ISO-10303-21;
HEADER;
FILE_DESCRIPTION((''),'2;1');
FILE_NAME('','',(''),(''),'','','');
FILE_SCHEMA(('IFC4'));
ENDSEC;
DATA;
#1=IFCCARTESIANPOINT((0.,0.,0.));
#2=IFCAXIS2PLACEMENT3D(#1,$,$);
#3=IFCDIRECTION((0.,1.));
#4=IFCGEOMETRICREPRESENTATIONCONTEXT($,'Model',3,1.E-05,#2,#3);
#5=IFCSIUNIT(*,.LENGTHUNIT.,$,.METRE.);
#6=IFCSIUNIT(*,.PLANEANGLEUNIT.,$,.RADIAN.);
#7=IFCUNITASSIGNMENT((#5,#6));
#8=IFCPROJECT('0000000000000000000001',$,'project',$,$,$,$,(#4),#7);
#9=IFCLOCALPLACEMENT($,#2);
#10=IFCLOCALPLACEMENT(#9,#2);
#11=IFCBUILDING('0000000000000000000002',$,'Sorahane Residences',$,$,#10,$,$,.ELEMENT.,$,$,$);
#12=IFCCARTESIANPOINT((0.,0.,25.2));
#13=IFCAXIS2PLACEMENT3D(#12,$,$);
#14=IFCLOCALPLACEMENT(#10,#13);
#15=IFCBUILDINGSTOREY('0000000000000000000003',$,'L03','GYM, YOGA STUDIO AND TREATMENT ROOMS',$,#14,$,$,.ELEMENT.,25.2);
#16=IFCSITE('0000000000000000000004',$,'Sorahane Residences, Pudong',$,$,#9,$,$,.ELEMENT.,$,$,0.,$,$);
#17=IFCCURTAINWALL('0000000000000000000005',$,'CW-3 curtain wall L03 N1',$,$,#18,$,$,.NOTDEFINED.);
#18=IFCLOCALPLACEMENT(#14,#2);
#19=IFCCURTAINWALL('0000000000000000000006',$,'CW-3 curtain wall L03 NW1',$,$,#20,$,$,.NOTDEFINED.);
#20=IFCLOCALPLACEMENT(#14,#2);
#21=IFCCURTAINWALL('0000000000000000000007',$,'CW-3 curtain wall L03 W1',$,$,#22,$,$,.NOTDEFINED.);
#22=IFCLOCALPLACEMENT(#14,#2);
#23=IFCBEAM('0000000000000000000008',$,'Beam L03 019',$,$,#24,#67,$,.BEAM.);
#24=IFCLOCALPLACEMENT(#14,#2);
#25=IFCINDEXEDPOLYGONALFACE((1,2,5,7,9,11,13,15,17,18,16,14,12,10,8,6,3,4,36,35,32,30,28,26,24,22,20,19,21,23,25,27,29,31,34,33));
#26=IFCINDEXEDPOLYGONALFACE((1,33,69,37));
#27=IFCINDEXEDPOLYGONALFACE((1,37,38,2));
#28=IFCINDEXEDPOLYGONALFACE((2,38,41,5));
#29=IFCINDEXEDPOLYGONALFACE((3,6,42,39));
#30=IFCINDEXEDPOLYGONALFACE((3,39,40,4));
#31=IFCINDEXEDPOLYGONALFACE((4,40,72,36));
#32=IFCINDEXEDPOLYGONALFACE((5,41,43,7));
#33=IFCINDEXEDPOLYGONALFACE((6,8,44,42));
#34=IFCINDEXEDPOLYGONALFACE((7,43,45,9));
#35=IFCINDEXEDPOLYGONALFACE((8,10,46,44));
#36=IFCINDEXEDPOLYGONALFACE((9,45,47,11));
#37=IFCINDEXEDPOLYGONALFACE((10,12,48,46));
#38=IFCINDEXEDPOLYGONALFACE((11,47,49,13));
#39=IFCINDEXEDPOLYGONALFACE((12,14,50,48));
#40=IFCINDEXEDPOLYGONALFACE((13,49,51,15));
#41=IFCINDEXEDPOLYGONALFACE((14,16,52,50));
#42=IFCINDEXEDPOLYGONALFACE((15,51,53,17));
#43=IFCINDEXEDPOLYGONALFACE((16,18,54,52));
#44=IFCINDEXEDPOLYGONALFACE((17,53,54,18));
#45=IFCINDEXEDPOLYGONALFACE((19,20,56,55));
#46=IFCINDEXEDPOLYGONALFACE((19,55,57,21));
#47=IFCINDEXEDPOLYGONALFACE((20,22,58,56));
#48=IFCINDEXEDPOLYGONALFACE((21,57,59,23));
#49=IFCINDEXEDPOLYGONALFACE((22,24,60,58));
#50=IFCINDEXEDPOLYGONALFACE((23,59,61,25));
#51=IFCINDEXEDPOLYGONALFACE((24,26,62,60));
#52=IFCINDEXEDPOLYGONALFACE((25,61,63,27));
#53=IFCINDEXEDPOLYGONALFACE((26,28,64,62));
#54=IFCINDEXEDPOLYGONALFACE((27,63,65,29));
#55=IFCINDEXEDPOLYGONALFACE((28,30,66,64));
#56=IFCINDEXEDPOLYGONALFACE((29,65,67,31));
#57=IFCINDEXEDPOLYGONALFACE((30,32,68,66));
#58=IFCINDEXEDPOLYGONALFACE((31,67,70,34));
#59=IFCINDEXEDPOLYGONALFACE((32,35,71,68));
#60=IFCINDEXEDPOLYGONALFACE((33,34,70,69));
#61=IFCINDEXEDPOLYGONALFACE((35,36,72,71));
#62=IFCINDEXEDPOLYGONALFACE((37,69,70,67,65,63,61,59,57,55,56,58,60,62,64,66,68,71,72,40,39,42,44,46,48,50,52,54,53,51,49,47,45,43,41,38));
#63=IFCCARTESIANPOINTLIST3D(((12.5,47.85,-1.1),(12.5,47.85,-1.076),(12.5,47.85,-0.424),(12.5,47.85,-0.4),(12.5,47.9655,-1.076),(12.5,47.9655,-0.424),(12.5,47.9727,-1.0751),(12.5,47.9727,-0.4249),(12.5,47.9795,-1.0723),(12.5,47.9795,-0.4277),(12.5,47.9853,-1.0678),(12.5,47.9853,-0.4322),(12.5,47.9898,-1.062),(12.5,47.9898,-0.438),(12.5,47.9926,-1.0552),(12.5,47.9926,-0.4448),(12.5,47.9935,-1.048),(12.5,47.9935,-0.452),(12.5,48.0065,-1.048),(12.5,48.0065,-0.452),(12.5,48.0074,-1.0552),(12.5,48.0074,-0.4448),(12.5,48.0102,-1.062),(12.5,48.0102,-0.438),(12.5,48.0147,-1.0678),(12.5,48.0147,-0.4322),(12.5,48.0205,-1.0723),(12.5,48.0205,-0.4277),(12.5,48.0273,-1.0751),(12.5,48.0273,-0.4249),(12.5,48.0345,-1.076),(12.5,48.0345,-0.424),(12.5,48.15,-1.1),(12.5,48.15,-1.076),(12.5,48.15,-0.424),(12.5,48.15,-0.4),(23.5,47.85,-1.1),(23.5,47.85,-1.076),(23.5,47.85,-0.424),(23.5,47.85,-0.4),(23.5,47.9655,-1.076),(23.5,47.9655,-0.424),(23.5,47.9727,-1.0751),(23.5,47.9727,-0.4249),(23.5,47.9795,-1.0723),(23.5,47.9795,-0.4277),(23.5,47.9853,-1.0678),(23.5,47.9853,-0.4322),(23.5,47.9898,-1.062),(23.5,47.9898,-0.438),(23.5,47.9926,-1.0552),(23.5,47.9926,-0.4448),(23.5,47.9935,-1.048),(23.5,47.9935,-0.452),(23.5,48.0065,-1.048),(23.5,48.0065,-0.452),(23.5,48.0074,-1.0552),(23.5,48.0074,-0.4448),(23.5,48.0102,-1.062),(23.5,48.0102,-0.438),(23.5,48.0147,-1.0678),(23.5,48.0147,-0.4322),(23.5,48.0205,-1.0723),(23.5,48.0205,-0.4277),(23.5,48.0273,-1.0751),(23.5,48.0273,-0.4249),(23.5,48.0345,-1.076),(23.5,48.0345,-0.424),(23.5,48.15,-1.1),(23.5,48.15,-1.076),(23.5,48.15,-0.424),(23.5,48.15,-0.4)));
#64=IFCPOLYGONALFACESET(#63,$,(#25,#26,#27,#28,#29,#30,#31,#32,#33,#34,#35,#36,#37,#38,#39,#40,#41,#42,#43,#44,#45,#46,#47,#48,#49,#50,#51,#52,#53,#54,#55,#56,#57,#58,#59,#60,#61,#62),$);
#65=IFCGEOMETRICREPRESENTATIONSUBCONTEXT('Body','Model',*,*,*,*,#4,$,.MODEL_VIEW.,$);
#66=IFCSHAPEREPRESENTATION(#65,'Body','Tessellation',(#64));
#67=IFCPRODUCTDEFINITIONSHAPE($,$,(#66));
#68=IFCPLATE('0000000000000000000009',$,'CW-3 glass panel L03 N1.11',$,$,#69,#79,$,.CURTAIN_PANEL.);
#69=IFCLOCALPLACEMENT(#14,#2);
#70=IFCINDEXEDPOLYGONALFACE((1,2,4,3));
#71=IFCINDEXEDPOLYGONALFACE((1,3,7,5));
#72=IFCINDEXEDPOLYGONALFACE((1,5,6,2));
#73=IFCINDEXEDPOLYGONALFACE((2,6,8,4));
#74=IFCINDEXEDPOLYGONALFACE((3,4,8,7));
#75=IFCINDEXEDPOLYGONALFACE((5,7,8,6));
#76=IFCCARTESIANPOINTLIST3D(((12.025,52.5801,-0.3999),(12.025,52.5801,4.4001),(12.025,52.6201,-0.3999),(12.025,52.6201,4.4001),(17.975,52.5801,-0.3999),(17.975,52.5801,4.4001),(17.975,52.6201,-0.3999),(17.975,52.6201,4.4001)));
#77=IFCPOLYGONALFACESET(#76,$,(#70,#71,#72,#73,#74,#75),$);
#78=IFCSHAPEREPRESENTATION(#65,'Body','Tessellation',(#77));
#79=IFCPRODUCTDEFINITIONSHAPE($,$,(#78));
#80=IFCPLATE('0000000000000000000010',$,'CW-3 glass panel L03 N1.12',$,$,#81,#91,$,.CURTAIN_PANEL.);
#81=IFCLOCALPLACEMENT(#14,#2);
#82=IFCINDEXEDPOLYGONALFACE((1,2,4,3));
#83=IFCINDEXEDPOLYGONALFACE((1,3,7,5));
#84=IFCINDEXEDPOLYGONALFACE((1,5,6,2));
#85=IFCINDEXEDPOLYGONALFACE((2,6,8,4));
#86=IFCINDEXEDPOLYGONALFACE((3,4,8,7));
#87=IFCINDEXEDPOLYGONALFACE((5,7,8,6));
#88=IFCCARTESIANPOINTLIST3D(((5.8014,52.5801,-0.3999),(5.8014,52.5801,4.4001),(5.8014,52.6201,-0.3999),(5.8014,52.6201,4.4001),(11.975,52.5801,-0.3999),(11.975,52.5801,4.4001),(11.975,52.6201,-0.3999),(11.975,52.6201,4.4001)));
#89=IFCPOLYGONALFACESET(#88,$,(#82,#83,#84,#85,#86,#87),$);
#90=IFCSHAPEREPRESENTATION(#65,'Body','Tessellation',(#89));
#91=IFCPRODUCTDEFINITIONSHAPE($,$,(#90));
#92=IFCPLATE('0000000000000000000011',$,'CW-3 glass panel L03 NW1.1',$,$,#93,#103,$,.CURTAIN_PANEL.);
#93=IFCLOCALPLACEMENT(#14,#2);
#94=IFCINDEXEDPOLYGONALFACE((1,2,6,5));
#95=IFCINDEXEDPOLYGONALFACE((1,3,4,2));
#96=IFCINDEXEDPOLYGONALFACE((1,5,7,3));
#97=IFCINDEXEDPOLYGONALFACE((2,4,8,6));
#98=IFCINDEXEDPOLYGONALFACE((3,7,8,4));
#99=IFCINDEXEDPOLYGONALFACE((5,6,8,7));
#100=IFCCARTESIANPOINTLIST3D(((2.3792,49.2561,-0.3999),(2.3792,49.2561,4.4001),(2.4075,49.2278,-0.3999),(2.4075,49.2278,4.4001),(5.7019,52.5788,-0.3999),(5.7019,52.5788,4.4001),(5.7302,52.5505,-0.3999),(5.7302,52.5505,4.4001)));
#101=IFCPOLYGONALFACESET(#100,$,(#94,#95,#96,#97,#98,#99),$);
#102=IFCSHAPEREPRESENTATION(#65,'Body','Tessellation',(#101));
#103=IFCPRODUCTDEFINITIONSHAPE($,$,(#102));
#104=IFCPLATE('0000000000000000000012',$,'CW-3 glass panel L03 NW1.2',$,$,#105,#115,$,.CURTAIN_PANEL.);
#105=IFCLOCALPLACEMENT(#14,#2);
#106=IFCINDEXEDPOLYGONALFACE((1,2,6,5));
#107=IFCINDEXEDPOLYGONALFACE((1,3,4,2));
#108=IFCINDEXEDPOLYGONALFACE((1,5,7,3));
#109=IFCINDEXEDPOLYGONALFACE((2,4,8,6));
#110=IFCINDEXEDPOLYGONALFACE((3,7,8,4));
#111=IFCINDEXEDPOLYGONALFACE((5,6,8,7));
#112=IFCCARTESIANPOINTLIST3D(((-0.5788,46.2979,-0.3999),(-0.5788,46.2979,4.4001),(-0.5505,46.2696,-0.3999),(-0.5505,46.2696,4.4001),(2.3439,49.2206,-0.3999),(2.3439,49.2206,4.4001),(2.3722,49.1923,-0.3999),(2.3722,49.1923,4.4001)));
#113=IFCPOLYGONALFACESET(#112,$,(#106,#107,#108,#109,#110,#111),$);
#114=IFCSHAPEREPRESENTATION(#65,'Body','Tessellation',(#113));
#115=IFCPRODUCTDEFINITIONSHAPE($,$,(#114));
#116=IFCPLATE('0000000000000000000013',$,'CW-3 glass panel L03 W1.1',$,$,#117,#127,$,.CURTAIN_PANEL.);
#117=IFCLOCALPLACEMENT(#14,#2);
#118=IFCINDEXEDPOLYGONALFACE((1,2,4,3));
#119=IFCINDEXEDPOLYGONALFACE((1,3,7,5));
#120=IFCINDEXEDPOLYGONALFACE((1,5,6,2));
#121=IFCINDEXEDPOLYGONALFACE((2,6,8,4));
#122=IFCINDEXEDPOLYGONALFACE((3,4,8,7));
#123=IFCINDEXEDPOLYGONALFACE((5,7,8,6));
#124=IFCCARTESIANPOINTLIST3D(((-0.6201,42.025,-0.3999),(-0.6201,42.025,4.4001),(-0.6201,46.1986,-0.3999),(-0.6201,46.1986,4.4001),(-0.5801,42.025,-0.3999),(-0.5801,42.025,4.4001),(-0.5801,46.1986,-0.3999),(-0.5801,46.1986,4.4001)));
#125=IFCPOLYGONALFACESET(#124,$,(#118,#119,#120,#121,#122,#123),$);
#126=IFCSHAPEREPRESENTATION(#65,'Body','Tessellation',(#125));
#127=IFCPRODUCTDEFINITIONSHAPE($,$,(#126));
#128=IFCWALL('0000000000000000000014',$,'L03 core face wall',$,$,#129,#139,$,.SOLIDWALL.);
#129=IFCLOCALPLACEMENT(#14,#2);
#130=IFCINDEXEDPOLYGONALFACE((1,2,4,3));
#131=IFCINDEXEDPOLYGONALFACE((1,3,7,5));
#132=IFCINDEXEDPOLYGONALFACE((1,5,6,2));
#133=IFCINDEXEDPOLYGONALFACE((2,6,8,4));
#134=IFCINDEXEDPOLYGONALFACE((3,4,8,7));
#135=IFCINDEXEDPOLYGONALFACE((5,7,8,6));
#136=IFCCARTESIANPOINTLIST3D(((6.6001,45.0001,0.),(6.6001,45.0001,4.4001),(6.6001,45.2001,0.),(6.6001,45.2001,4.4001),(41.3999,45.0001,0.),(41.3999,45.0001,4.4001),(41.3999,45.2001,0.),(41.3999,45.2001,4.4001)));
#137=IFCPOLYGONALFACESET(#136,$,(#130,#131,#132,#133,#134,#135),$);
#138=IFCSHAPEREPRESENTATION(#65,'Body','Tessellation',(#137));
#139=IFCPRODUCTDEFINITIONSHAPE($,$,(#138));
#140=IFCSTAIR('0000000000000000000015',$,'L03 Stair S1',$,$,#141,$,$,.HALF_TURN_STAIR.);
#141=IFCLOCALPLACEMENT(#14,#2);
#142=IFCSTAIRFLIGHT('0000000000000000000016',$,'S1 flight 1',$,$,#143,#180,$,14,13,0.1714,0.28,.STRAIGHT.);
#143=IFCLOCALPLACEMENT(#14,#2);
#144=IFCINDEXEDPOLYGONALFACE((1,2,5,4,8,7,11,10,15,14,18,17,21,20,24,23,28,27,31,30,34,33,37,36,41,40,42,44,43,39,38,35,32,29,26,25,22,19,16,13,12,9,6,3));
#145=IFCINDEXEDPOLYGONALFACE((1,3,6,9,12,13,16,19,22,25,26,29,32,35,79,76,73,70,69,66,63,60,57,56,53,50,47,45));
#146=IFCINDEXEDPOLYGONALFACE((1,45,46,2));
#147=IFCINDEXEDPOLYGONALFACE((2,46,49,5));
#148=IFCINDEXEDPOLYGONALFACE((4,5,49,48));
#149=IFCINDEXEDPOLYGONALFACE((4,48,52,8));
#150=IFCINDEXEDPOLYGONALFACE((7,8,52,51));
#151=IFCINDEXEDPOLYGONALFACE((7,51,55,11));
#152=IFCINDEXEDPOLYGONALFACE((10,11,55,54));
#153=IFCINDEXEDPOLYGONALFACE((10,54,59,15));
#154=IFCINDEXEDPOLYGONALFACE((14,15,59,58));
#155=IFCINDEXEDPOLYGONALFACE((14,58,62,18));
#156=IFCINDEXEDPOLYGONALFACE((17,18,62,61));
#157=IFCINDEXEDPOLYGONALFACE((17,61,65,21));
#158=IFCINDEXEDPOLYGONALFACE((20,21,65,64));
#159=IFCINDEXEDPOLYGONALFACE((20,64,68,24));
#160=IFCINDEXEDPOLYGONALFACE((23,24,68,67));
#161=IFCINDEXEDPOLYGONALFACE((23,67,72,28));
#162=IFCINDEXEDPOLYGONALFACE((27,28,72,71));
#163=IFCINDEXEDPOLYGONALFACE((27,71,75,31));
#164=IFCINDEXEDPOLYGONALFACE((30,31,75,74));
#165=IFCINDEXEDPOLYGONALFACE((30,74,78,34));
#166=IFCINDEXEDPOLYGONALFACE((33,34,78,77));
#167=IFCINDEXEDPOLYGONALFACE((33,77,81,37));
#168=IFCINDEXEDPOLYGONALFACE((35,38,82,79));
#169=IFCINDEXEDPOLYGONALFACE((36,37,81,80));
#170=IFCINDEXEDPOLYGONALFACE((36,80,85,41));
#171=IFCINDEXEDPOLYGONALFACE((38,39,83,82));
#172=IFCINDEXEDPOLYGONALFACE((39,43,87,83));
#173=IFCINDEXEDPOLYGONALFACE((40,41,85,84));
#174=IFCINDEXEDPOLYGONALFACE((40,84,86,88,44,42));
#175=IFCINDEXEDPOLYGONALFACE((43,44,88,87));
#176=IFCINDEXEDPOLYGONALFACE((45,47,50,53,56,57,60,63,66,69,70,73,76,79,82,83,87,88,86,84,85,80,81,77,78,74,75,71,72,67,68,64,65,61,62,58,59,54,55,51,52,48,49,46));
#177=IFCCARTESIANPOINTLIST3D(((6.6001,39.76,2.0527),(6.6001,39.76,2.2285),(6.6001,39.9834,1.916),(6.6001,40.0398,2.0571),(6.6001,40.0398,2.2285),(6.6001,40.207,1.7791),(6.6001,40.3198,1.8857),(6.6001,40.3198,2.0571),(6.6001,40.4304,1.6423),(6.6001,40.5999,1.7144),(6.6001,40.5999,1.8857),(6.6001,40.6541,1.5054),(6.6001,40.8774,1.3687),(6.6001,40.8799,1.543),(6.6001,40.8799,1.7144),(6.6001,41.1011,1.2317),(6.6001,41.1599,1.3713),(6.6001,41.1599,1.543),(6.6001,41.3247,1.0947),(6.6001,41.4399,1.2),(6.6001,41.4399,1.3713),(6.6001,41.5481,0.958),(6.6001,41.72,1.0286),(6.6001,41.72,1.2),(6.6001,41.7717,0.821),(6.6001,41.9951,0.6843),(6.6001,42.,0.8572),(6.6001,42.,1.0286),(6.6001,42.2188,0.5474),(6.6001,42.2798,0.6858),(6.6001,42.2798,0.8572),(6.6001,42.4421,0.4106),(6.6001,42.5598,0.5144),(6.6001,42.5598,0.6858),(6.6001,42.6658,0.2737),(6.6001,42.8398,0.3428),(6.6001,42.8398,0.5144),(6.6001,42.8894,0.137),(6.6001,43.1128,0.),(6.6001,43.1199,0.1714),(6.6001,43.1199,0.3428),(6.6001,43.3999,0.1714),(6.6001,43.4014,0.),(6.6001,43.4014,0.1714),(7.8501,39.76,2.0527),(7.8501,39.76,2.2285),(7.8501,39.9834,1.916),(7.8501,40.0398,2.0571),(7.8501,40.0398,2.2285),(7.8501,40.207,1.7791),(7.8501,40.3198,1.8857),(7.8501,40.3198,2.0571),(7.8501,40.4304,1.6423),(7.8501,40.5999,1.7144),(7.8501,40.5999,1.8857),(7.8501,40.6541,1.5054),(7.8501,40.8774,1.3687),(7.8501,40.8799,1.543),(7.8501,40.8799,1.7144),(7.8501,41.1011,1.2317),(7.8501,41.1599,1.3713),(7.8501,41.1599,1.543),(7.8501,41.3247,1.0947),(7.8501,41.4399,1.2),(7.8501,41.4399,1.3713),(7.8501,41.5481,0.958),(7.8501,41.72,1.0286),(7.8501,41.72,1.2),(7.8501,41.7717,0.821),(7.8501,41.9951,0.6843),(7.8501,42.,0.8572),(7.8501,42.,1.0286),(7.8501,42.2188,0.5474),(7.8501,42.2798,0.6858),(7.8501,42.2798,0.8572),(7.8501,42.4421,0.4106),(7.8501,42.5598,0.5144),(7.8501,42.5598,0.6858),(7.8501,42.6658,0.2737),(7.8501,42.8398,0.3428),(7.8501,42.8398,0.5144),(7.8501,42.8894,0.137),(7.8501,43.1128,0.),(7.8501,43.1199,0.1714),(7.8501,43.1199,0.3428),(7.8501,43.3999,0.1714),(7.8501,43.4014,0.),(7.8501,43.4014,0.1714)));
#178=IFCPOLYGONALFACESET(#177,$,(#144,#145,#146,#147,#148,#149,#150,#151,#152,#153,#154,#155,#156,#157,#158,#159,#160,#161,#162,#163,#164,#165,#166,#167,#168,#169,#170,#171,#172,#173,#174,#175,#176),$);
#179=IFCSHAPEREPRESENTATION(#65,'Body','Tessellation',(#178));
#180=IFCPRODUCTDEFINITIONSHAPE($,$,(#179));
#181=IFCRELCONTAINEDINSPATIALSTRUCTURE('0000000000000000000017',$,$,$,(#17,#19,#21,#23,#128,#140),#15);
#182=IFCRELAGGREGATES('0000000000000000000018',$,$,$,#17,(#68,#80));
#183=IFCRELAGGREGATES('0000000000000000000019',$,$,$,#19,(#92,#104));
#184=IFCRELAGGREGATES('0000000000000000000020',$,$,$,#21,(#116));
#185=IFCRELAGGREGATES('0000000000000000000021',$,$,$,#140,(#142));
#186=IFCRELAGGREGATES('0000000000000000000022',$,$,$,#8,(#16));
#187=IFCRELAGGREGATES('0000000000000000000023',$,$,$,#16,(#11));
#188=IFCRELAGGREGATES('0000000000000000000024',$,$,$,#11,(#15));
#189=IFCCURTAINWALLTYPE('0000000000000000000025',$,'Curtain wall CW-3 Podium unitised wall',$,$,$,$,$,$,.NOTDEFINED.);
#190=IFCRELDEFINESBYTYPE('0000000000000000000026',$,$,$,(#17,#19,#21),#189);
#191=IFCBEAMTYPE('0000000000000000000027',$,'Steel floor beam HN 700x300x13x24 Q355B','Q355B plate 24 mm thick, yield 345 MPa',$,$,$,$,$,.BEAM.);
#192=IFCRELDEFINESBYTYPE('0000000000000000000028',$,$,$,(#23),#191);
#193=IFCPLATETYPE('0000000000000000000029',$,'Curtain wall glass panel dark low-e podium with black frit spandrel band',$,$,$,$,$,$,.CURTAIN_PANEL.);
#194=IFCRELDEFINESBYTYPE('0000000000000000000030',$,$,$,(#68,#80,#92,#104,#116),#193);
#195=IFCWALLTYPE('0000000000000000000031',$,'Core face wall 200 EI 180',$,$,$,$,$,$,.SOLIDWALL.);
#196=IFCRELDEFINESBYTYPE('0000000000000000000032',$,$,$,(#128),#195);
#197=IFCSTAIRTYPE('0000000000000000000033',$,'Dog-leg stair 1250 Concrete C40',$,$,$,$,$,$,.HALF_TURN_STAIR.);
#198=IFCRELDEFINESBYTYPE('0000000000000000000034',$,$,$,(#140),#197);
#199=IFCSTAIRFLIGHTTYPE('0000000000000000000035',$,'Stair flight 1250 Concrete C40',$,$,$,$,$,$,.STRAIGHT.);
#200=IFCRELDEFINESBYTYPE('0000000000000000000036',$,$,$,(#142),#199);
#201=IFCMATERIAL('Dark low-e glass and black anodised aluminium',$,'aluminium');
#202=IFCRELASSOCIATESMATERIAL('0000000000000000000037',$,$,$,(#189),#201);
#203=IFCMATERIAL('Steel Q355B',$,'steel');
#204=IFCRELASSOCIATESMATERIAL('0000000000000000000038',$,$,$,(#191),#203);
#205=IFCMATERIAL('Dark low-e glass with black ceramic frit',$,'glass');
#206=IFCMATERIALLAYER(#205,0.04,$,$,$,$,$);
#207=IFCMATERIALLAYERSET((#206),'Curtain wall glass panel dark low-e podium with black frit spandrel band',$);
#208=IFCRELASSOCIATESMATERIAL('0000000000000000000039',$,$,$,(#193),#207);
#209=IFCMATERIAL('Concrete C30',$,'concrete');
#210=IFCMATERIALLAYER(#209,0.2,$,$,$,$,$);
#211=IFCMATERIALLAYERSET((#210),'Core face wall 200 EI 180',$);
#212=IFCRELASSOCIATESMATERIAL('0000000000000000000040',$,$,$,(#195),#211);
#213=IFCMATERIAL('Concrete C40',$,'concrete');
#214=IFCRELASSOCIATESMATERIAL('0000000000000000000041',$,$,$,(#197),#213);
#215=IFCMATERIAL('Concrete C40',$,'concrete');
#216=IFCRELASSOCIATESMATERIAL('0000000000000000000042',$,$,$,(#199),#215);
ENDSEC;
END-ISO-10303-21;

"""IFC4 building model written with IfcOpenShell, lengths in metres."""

from ifc_helpers import new_model, si_unit, direction, frame, frame_2d, origin, origin_2d, place, context, subcontext, project, spatial, polyline, rectangle, i_section, outline, extrude, material, layer, layer_set, material_profile, profile_set, type_object, element, aggregate, save


model = new_model("IFC4")

# Units and contexts
model_context = context("Model", 3, precision=1e-05, world=origin(), true_north=direction((0.0, 1.0)))
body_context = subcontext(model_context, "Body", "Model", "MODEL_VIEW")
ifc_project = project(units=[si_unit("LENGTHUNIT", "METRE"), si_unit("PLANEANGLEUNIT", "RADIAN")], contexts=[model_context])

# Site, building, storey
site_placement = place(None, origin())
site = spatial("IfcSite", under=ifc_project, at=site_placement, Name="Sorahane Residences, Pudong", CompositionType="ELEMENT", RefElevation=0.0)
building_placement = place(site_placement, origin())
building = spatial("IfcBuilding", under=site, at=building_placement, Name="Sorahane Residences", CompositionType="ELEMENT")
storey_placement = place(building_placement, frame((0.0, 0.0, 25.2)))
storey = spatial("IfcBuildingStorey", under=building, at=storey_placement, Name="L03", Description="GYM, YOGA STUDIO AND TREATMENT ROOMS", CompositionType="ELEMENT", Elevation=25.2)

# Curtain walls
ifc_material_1 = material(Name="Dark low-e glass and black anodised aluminium", Category="aluminium")
curtain_wall_type = type_object("IfcCurtainWallType", Name="Curtain wall CW-3 Podium unitised wall", PredefinedType="NOTDEFINED", material=ifc_material_1)
curtain_wall_1_placement = place(storey_placement, origin())
curtain_wall_1 = element("IfcCurtainWall", 1, at=curtain_wall_1_placement, inside=storey, type_object=curtain_wall_type, Name="CW-3 curtain wall L03 N1", PredefinedType="NOTDEFINED")
curtain_wall_2_placement = place(storey_placement, origin())
curtain_wall_2 = element("IfcCurtainWall", 2, at=curtain_wall_2_placement, inside=storey, type_object=curtain_wall_type, Name="CW-3 curtain wall L03 NW1", PredefinedType="NOTDEFINED")

# Curtain wall
curtain_wall_3_placement = place(storey_placement, origin())
curtain_wall_3 = element("IfcCurtainWall", 3, at=curtain_wall_3_placement, inside=storey, type_object=curtain_wall_type, Name="CW-3 curtain wall L03 W1", PredefinedType="NOTDEFINED")

# Beam
ifc_material_2 = material(Name="Steel Q355B", Category="steel")
ifc_material_profile_1 = material_profile(ifc_material_2, i_section(OverallWidth=0.3, OverallDepth=0.7, WebThickness=0.0129, FlangeThickness=0.0239, FilletRadius=0.0281, at=origin_2d()), Name="HN 700x300x13x24")
ifc_profile_set_1 = profile_set([ifc_material_profile_1], Name="Steel Q355B")
beam_type_1 = type_object("IfcBeamType", Name="Steel floor beam HN 700x300x13x24 Q355B", Description="Q355B plate 24 mm thick, yield 345 MPa", PredefinedType="BEAM", material=ifc_profile_set_1)
beam_1_placement = place(storey_placement, frame((12.5, 48.0, -0.75), z_axis=(1.0, 0.0, 0.0), x_axis=(0.0, 1.0, 0.0)))
element("IfcBeam", 4, at=beam_1_placement, inside=storey, type_object=beam_type_1, Name="Beam L03 019", PredefinedType="BEAM", context=body_context, shape_type="SweptSolid", body=[
    extrude(i_section(OverallWidth=0.3, OverallDepth=0.7, WebThickness=0.0129, FlangeThickness=0.0239, FilletRadius=0.0281, at=origin_2d()), origin(), (0.0, 0.0, 1.0), 11.0),
])

# Plates
ifc_material_3 = material(Name="Dark low-e glass with black ceramic frit", Category="glass")
ifc_layer_1 = layer(ifc_material_3, 0.04)
ifc_layer_set_1 = layer_set([ifc_layer_1], Name="Curtain wall glass panel dark low-e podium with black frit spandrel band")
plate_type = type_object("IfcPlateType", Name="Curtain wall glass panel dark low-e podium with black frit spandrel band", PredefinedType="CURTAIN_PANEL", material=ifc_layer_set_1)
plate_1_placement = place(storey_placement, frame((15.0, 52.6001, -0.3999), z_axis=(0.0, 0.0, 1.0), x_axis=(-1.0, 0.0, 0.0)))
plate_1 = element("IfcPlate", 5, at=plate_1_placement, type_object=plate_type, Name="CW-3 glass panel L03 N1.11", PredefinedType="CURTAIN_PANEL", context=body_context, shape_type="SweptSolid", body=[
    extrude(rectangle(XDim=5.95, YDim=0.04, at=origin_2d()), origin(), (0.0, 0.0, 1.0), 4.8),
])
plate_2_placement = place(storey_placement, frame((8.8882, 52.6001, -0.3999), z_axis=(0.0, 0.0, 1.0), x_axis=(-1.0, 0.0, 0.0)))
plate_2 = element("IfcPlate", 6, at=plate_2_placement, type_object=plate_type, Name="CW-3 glass panel L03 N1.12", PredefinedType="CURTAIN_PANEL", context=body_context, shape_type="SweptSolid", body=[
    extrude(rectangle(XDim=6.1736, YDim=0.04, at=origin_2d()), origin(), (0.0, 0.0, 1.0), 4.8),
])
aggregate(curtain_wall_1, [plate_1, plate_2])
plate_3_placement = place(storey_placement, frame((4.0547, 50.9033, -0.3999), z_axis=(0.0, 0.0, 1.0), x_axis=(-0.707107, -0.707107, 0.0)))
plate_3 = element("IfcPlate", 7, at=plate_3_placement, type_object=plate_type, Name="CW-3 glass panel L03 NW1.1", PredefinedType="CURTAIN_PANEL", context=body_context, shape_type="SweptSolid", body=[
    extrude(rectangle(XDim=4.699, YDim=0.04, at=origin_2d()), origin(), (0.0, 0.0, 1.0), 4.8),
])
plate_4_placement = place(storey_placement, frame((0.8967, 47.7451, -0.3999), z_axis=(0.0, 0.0, 1.0), x_axis=(-0.707107, -0.707107, 0.0)))
plate_4 = element("IfcPlate", 8, at=plate_4_placement, type_object=plate_type, Name="CW-3 glass panel L03 NW1.2", PredefinedType="CURTAIN_PANEL", context=body_context, shape_type="SweptSolid", body=[
    extrude(rectangle(XDim=4.1333, YDim=0.04, at=origin_2d()), origin(), (0.0, 0.0, 1.0), 4.8),
])
aggregate(curtain_wall_2, [plate_3, plate_4])
plate_5_placement = place(storey_placement, frame((-0.6001, 44.1118, -0.3999), z_axis=(0.0, 0.0, 1.0), x_axis=(0.0, -1.0, 0.0)))
plate_5 = element("IfcPlate", 9, at=plate_5_placement, type_object=plate_type, Name="CW-3 glass panel L03 W1.1", PredefinedType="CURTAIN_PANEL", context=body_context, shape_type="SweptSolid", body=[
    extrude(rectangle(XDim=4.1736, YDim=0.04, at=origin_2d()), origin(), (0.0, 0.0, 1.0), 4.8),
])
aggregate(curtain_wall_3, [plate_5])

# Wall
ifc_material_4 = material(Name="Concrete C30", Category="concrete")
ifc_layer_2 = layer(ifc_material_4, 0.2)
ifc_layer_set_2 = layer_set([ifc_layer_2], Name="Core face wall 200 EI 180")
wall_type = type_object("IfcWallType", Name="Core face wall 200 EI 180", PredefinedType="SOLIDWALL", material=ifc_layer_set_2)
wall_placement = place(storey_placement, frame((6.6001, 45.1001, 0.0), z_axis=(0.0, 0.0, 1.0), x_axis=(1.0, 0.0, 0.0)))
element("IfcWall", 10, at=wall_placement, inside=storey, type_object=wall_type, Name="L03 core face wall", PredefinedType="SOLIDWALL", context=body_context, shape_type="SweptSolid", body=[
    extrude(rectangle(XDim=34.7998, YDim=0.2, at=frame_2d((17.3999, 0.0))), origin(), (0.0, 0.0, 1.0), 4.4001),
])

# Stair, stair flight
ifc_material_5 = material(Name="Concrete C40", Category="concrete")
stair_type = type_object("IfcStairType", Name="Dog-leg stair 1250 Concrete C40", PredefinedType="HALF_TURN_STAIR", material=ifc_material_5)
stair_placement = place(storey_placement, origin())
stair = element("IfcStair", 11, at=stair_placement, inside=storey, type_object=stair_type, Name="L03 Stair S1", PredefinedType="HALF_TURN_STAIR")
ifc_material_6 = material(Name="Concrete C40", Category="concrete")
stair_flight_type = type_object("IfcStairFlightType", Name="Stair flight 1250 Concrete C40", PredefinedType="STRAIGHT", material=ifc_material_6)
stair_flight_placement = place(storey_placement, frame((7.2251, 43.3999, 0.0), z_axis=(0.0, 0.0, 1.0), x_axis=(0.0, -1.0, 0.0)))
stair_flight = element("IfcStairFlight", 12, at=stair_flight_placement, type_object=stair_flight_type, Name="S1 flight 1", NumberOfRisers=14, NumberOfTreads=13, PredefinedType="STRAIGHT", RiserHeight=0.1714, TreadLength=0.28, context=body_context, shape_type="SweptSolid", body=[
    extrude(outline(polyline([(-0.0015, 0.0), (-0.0015, 0.1714), (0.0, 0.1714), (0.28, 0.1714), (0.28, 0.3428), (0.5601, 0.3428), (0.5601, 0.5144), (0.8401, 0.5144), (0.8401, 0.6858), (1.1201, 0.6858), (1.1201, 0.8572), (1.3999, 0.8572), (1.3999, 1.0286), (1.6799, 1.0286), (1.6799, 1.2), (1.96, 1.2), (1.96, 1.3713), (2.24, 1.3713), (2.24, 1.543), (2.52, 1.543), (2.52, 1.7144), (2.8, 1.7144), (2.8, 1.8857), (3.0801, 1.8857), (3.0801, 2.0571), (3.3601, 2.0571), (3.3601, 2.2285), (3.6399, 2.2285), (3.6399, 2.3999), (3.6399, 2.0527), (3.4165, 1.916), (3.1929, 1.7791), (2.9695, 1.6423), (2.7458, 1.5054), (2.5225, 1.3687), (2.2988, 1.2317), (2.0752, 1.0947), (1.8518, 0.958), (1.6282, 0.821), (1.4048, 0.6843), (1.1812, 0.5474), (0.9578, 0.4106), (0.7341, 0.2737), (0.5105, 0.137), (0.2871, 0.0), (-0.0015, 0.0)])), frame((0.0, 0.625, 0.0), z_axis=(0.0, -1.0, 0.0), x_axis=(1.0, 0.0, 0.0)), (0.0, 0.0, 1.0), 1.25),
])
aggregate(stair, [stair_flight])

save(model, "model.ifc")
